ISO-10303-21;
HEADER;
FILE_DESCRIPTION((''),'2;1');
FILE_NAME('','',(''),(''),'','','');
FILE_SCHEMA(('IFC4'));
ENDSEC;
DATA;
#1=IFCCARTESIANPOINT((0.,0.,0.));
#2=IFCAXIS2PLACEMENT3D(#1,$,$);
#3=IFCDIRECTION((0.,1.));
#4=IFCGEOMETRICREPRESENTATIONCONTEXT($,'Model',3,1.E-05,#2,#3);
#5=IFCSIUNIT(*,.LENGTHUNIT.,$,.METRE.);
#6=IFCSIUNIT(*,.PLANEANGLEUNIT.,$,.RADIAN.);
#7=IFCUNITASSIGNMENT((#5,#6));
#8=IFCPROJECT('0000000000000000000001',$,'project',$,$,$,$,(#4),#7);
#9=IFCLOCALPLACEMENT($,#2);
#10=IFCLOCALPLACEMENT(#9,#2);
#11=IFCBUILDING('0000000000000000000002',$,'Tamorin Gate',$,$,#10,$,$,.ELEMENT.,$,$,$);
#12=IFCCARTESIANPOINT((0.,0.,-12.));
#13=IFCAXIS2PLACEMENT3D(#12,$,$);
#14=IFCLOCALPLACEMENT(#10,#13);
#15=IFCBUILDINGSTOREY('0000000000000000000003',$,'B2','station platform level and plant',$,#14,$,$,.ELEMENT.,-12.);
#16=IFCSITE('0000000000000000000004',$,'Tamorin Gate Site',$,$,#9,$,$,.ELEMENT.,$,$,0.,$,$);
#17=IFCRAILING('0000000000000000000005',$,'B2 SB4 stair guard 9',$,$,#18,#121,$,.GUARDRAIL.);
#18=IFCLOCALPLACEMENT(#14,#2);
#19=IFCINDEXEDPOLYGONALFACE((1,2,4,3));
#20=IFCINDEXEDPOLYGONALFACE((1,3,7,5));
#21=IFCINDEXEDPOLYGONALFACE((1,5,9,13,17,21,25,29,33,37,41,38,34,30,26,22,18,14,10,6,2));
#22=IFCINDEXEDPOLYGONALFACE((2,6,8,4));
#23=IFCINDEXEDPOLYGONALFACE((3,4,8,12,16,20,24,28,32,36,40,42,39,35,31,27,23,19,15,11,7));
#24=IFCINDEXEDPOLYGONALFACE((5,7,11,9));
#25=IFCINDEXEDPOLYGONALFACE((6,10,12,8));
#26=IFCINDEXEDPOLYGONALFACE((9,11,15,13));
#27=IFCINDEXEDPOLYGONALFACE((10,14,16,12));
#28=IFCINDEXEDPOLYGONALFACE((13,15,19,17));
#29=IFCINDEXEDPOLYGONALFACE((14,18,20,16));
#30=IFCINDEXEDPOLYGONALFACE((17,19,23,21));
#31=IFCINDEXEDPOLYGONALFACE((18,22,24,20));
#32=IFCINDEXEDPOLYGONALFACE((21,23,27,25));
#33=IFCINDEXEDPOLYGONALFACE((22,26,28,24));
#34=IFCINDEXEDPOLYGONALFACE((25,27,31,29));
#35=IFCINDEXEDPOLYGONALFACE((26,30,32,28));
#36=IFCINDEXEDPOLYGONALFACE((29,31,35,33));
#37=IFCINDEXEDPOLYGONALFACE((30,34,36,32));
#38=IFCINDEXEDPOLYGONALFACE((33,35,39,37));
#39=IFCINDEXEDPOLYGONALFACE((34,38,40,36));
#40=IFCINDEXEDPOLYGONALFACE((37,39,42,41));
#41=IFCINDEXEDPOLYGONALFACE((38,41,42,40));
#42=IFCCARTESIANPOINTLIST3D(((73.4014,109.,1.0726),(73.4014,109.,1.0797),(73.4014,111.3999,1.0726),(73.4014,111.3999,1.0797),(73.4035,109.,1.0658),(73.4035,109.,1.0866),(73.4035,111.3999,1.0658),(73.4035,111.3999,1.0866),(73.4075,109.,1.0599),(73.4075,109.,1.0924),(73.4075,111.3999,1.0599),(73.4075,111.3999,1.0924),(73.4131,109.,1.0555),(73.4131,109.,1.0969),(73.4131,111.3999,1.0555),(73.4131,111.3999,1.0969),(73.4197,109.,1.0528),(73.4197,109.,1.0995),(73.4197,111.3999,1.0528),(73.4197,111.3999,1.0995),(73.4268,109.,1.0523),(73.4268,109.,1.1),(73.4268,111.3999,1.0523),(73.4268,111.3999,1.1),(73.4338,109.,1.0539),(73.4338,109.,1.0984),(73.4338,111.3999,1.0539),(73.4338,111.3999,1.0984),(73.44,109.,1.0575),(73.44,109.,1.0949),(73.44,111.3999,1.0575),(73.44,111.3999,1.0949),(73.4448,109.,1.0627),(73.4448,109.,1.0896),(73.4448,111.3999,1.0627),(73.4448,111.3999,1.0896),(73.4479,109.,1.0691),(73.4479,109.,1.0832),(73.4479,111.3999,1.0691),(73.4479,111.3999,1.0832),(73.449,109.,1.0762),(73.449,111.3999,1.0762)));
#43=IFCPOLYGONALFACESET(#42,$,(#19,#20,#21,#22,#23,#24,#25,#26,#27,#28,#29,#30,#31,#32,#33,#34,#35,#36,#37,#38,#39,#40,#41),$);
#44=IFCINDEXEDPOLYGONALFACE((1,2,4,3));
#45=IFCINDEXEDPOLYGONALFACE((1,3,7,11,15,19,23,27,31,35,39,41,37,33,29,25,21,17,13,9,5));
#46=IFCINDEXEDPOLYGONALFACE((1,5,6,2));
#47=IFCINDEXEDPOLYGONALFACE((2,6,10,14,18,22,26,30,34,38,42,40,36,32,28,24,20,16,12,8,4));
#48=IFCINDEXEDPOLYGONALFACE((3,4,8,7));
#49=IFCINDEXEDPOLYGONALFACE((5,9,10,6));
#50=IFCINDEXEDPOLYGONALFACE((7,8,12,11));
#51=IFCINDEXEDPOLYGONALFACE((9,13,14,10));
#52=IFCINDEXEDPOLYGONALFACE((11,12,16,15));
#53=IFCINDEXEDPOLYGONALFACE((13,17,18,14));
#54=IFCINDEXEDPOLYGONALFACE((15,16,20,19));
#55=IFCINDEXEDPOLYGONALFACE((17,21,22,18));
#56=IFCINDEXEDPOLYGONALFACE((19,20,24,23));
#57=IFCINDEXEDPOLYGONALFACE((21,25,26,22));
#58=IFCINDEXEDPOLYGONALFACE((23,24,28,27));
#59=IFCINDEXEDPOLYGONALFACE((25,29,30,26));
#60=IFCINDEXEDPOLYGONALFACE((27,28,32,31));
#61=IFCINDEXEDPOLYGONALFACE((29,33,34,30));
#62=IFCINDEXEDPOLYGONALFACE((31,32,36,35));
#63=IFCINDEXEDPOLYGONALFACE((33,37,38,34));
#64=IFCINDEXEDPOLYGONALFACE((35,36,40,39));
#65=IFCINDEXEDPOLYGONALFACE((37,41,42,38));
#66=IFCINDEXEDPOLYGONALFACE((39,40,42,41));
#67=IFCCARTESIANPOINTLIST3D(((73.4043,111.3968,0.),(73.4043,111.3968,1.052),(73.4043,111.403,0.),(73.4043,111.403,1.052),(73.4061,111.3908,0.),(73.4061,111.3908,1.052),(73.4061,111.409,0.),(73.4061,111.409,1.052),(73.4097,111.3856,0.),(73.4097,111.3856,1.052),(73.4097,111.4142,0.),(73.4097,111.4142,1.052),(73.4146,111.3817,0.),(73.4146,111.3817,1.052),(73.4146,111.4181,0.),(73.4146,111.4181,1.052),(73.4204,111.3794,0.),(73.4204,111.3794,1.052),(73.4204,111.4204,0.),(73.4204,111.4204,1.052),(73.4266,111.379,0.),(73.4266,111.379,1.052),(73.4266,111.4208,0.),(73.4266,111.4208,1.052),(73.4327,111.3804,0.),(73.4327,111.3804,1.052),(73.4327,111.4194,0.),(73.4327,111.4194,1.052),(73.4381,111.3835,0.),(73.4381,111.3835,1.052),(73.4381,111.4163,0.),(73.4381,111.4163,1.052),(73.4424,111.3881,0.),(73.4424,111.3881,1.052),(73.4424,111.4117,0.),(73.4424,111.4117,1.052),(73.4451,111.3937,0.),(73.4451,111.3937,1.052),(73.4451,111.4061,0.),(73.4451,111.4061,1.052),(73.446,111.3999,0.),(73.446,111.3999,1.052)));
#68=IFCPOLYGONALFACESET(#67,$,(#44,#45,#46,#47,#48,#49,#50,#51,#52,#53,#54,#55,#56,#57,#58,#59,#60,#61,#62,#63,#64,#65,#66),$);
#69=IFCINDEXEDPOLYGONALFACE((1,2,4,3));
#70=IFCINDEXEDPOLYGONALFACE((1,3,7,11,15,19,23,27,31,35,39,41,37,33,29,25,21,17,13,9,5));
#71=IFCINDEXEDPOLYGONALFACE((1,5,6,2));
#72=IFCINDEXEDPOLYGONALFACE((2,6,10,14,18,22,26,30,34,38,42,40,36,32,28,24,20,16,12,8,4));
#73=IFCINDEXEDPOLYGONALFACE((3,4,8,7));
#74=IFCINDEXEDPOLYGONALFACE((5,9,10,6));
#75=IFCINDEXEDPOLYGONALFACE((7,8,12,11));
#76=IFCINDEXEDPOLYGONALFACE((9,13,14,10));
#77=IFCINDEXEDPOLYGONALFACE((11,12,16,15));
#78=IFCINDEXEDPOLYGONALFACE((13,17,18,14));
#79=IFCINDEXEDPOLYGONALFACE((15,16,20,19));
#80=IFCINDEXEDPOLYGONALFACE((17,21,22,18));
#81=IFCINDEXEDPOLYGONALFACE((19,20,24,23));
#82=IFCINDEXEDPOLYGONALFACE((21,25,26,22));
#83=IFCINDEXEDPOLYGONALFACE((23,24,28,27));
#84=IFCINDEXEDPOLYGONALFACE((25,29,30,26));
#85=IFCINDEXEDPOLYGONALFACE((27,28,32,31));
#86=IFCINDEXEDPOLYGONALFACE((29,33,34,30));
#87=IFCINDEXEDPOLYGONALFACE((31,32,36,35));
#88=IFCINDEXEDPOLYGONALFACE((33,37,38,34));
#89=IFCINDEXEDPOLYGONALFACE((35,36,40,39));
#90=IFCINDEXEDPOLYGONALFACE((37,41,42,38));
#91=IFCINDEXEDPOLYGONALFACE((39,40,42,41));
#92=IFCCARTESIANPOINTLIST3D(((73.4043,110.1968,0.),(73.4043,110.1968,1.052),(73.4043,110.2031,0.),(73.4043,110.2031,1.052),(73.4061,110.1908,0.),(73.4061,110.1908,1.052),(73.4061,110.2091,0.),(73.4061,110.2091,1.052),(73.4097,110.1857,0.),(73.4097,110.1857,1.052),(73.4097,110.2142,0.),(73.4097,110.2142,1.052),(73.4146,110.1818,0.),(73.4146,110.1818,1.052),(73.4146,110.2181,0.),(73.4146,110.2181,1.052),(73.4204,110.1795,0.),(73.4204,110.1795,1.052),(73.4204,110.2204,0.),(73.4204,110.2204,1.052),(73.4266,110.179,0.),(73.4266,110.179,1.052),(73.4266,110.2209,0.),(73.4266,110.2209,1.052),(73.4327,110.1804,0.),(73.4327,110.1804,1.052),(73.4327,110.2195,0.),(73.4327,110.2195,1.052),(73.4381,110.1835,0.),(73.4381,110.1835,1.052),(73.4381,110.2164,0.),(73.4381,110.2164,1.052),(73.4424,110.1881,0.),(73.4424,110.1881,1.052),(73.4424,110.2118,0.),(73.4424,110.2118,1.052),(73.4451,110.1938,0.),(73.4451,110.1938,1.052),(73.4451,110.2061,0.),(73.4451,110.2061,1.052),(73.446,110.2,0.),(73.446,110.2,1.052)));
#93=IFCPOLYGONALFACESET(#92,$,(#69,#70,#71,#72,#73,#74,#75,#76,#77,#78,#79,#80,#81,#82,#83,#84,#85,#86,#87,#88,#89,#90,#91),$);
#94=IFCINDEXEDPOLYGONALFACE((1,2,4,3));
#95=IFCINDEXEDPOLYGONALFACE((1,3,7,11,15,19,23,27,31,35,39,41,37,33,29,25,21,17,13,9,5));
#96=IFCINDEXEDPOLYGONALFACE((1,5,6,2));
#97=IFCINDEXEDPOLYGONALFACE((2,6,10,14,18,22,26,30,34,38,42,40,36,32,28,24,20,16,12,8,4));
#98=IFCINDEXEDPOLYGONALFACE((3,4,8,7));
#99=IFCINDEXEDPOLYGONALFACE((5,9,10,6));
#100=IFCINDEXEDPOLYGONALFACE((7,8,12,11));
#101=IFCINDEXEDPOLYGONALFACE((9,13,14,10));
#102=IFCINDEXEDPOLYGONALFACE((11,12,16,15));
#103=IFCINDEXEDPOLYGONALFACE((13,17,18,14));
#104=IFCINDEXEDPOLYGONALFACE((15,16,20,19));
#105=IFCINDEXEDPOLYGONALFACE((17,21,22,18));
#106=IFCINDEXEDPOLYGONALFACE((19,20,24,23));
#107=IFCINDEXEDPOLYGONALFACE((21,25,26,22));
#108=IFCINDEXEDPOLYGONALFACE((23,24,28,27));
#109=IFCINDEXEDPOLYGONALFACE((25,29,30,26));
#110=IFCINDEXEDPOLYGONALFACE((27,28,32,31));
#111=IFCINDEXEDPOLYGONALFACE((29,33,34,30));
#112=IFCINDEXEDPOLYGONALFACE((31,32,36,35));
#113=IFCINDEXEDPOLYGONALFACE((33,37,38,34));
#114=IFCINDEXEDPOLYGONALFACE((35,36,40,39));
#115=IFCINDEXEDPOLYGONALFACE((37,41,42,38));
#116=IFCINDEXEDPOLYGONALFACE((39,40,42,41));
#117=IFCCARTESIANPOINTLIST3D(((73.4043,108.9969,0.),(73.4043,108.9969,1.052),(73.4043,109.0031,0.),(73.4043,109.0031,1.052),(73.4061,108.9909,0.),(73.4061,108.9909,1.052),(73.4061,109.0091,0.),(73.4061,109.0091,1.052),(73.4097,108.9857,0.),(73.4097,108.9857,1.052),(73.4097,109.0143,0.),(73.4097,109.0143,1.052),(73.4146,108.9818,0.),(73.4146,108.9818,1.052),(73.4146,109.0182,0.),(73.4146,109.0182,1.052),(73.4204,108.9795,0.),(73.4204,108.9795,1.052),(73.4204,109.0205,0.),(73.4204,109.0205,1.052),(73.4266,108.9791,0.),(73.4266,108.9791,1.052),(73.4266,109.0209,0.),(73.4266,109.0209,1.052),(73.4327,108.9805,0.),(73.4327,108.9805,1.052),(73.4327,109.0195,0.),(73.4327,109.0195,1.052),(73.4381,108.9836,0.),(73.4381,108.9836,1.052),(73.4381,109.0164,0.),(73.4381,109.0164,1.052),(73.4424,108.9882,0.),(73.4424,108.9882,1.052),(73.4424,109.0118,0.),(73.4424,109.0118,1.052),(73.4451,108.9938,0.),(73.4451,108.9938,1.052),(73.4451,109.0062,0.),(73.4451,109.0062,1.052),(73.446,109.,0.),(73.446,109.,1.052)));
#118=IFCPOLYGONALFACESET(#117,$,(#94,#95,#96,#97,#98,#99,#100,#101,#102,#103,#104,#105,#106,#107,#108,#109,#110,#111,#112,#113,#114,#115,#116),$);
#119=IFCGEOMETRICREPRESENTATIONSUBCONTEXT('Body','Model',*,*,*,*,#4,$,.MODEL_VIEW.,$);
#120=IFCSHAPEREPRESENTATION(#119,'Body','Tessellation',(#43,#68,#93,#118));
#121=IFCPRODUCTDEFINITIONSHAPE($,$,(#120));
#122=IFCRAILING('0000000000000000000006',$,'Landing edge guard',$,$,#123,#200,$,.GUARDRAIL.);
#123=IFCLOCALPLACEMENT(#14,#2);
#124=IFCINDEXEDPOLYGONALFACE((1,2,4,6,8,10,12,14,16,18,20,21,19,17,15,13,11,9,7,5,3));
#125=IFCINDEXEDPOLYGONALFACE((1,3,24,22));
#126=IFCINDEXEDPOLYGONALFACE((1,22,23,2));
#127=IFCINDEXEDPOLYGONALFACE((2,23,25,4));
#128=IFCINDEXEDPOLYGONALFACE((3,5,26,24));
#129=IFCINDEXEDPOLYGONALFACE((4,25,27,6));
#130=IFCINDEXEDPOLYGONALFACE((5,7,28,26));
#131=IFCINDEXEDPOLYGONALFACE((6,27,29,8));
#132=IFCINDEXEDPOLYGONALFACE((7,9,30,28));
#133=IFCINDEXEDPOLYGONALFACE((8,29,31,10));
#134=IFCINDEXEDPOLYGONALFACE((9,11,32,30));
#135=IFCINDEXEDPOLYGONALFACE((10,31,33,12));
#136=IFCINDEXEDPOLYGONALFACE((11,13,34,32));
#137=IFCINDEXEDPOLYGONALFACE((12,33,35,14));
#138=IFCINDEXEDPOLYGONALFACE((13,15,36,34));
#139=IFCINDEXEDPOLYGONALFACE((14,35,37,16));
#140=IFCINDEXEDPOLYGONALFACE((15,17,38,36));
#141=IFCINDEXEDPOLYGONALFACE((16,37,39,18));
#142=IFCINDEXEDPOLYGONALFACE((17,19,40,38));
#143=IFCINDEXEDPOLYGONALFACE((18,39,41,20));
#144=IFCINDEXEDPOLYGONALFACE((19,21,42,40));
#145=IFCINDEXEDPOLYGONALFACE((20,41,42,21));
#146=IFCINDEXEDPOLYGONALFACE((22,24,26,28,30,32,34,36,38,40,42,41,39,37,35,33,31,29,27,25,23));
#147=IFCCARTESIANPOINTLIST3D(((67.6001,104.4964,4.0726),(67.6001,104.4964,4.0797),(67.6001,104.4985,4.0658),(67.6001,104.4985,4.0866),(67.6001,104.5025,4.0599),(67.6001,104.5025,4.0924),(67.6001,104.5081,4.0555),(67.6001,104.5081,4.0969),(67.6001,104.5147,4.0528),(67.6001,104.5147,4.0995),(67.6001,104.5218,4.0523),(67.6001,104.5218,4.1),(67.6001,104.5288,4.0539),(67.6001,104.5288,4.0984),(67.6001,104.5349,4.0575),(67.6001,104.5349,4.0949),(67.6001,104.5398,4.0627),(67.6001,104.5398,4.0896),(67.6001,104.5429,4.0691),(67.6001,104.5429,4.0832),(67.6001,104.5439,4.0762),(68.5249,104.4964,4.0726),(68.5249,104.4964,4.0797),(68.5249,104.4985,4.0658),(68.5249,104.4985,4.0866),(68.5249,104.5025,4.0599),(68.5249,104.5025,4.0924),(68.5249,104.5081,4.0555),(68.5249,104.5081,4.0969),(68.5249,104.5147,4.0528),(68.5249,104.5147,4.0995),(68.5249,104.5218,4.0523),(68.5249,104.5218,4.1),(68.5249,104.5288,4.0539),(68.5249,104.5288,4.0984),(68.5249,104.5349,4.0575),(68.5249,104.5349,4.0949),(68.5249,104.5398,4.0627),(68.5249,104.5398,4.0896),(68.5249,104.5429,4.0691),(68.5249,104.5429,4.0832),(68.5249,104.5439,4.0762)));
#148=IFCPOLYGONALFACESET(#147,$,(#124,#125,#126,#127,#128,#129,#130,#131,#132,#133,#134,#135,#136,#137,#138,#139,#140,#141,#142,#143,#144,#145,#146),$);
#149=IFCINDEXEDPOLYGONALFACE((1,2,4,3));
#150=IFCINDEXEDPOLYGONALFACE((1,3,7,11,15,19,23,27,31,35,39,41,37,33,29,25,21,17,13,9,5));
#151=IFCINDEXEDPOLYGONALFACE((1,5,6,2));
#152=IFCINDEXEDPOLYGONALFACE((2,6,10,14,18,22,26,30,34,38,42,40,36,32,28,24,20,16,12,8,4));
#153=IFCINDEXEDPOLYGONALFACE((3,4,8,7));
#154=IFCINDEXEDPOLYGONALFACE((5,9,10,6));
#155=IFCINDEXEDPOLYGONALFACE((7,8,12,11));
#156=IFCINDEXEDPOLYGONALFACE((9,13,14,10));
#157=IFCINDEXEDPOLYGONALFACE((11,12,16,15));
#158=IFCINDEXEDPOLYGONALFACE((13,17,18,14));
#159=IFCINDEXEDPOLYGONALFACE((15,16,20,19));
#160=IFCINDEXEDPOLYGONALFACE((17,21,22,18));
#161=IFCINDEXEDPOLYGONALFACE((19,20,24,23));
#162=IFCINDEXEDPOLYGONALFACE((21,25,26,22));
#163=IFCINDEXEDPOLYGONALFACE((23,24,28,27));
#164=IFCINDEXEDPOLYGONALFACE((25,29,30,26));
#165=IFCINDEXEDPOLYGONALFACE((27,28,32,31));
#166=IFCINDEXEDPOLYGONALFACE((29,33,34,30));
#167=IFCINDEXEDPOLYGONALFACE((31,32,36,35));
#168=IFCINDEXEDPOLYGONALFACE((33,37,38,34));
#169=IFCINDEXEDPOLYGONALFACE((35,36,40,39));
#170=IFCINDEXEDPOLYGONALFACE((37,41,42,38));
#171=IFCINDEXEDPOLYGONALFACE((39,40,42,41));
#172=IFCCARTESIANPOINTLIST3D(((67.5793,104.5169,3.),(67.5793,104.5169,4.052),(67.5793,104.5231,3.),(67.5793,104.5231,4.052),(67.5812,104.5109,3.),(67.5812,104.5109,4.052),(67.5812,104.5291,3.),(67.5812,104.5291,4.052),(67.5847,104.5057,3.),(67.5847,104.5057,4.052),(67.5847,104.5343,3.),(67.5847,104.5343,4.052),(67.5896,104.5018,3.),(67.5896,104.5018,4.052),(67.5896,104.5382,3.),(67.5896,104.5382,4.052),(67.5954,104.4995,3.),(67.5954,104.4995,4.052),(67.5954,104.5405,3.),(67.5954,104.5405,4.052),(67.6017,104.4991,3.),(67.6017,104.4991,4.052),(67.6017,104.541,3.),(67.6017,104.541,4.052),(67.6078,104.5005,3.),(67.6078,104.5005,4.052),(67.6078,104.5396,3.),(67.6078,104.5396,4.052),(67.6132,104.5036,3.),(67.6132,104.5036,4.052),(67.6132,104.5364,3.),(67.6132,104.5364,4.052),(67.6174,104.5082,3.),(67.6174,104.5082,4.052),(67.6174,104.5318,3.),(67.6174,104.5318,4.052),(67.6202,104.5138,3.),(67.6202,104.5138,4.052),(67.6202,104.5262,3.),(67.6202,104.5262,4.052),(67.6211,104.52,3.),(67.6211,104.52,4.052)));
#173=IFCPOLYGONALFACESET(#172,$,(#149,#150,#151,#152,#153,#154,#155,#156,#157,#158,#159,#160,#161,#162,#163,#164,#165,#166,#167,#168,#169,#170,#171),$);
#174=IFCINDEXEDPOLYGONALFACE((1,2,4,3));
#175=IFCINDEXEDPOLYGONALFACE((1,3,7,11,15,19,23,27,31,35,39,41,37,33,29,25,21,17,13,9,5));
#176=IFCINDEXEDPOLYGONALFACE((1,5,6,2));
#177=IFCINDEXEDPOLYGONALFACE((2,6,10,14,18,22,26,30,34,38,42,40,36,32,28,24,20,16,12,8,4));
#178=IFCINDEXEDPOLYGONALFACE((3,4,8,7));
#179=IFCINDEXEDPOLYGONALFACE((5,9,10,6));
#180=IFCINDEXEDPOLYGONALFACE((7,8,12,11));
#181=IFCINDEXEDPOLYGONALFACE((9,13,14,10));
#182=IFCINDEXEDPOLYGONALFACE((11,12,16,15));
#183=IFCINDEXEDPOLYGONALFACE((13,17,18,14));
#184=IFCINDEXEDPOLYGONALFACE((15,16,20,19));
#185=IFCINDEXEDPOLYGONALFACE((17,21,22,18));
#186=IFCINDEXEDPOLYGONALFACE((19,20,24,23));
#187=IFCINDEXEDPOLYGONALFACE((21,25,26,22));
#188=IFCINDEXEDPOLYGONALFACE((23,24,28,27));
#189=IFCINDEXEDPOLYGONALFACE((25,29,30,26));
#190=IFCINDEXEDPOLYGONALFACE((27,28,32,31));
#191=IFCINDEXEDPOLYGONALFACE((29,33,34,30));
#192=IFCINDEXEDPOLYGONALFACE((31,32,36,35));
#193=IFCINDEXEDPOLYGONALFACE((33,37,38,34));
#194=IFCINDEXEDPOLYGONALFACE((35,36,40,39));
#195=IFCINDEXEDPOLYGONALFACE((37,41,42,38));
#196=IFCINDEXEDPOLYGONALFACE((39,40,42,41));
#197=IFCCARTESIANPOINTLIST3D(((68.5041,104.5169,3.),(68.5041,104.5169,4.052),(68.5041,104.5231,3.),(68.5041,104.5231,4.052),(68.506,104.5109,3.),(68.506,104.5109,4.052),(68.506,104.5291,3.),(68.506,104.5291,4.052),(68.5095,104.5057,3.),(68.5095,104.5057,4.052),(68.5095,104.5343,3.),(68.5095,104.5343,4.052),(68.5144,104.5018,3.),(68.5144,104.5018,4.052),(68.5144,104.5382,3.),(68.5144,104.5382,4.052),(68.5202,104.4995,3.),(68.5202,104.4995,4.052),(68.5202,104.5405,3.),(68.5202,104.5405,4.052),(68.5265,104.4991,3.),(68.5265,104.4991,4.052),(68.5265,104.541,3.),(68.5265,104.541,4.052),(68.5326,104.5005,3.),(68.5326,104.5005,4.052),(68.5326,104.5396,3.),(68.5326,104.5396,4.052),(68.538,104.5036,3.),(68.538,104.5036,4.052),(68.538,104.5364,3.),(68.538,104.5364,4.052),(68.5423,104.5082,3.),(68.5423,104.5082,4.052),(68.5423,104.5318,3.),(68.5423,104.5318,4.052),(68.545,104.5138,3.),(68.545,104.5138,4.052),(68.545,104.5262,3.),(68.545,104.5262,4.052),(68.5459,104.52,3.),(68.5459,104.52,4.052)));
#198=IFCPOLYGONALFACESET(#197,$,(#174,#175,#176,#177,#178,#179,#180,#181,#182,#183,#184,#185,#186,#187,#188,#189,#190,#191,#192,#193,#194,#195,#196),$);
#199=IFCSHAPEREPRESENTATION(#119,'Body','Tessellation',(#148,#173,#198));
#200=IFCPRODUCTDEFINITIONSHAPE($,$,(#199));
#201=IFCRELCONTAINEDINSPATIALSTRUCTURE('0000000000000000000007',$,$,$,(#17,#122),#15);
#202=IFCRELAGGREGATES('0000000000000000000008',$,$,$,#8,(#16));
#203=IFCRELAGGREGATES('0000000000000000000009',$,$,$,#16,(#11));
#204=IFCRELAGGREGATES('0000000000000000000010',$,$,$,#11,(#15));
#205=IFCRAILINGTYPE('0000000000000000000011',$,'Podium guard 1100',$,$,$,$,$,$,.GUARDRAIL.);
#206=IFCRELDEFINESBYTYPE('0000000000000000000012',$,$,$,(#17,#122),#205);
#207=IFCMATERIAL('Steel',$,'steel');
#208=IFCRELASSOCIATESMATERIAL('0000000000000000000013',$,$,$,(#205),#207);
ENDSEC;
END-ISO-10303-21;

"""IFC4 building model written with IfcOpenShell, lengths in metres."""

from ifc_helpers import new_model, si_unit, direction, frame, origin, origin_2d, place, context, subcontext, project, spatial, circle, extrude, material, type_object, element, save


model = new_model("IFC4")

# Units and contexts
model_context = context("Model", 3, precision=1e-05, world=origin(), true_north=direction((0.0, 1.0)))
body_context = subcontext(model_context, "Body", "Model", "MODEL_VIEW")
ifc_project = project(units=[si_unit("LENGTHUNIT", "METRE"), si_unit("PLANEANGLEUNIT", "RADIAN")], contexts=[model_context])

# Site, building, storey
site_placement = place(None, origin())
site = spatial("IfcSite", under=ifc_project, at=site_placement, Name="Tamorin Gate Site", CompositionType="ELEMENT", RefElevation=0.0)
building_placement = place(site_placement, origin())
building = spatial("IfcBuilding", under=site, at=building_placement, Name="Tamorin Gate", CompositionType="ELEMENT")
storey_placement = place(building_placement, frame((0.0, 0.0, -12.0)))
storey = spatial("IfcBuildingStorey", under=building, at=storey_placement, Name="B2", Description="station platform level and plant", CompositionType="ELEMENT", Elevation=-12.0)

# Railings
ifc_material_1 = material(Name="Steel", Category="steel")
railing_type_1 = type_object("IfcRailingType", Name="Podium guard 1100", PredefinedType="GUARDRAIL", material=ifc_material_1)
for number, where, name in (
    (1, (73.425, 111.3999, 0.0), "B2 SB4 stair guard 9"),
):
    element("IfcRailing", number, at=place(storey_placement, frame(where)), inside=storey, type_object=railing_type_1, Name=name, PredefinedType="GUARDRAIL", context=body_context, shape_type="SweptSolid", body=[
        extrude(circle(Radius=0.0239, at=origin_2d()), frame((0.0, 0.0, 1.0762), z_axis=(0.0, -1.0, 0.0), x_axis=(1.0, 0.0, 0.0)), (0.0, 0.0, 1.0), 2.3999),
        extrude(circle(Radius=0.021, at=origin_2d()), origin(), (0.0, 0.0, 1.0), 1.052),
        extrude(circle(Radius=0.021, at=origin_2d()), frame((0.0, -1.2, 0.0)), (0.0, 0.0, 1.0), 1.052),
        extrude(circle(Radius=0.021, at=origin_2d()), frame((0.0, -2.3999, 0.0)), (0.0, 0.0, 1.0), 1.052),
    ])
for number, where, name in (
    (2, (67.6001, 104.52, 3.0), "Landing edge guard"),
):
    element("IfcRailing", number, at=place(storey_placement, frame(where)), inside=storey, type_object=railing_type_1, Name=name, PredefinedType="GUARDRAIL", context=body_context, shape_type="SweptSolid", body=[
        extrude(circle(Radius=0.0239, at=origin_2d()), frame((0.0, 0.0, 1.0762), z_axis=(1.0, 0.0, 0.0), x_axis=(0.0, 1.0, 0.0)), (0.0, 0.0, 1.0), 0.9248),
        extrude(circle(Radius=0.021, at=origin_2d()), origin(), (0.0, 0.0, 1.0), 1.052),
        extrude(circle(Radius=0.021, at=origin_2d()), frame((0.9248, 0.0, 0.0)), (0.0, 0.0, 1.0), 1.052),
    ])

save(model, "model.ifc")
